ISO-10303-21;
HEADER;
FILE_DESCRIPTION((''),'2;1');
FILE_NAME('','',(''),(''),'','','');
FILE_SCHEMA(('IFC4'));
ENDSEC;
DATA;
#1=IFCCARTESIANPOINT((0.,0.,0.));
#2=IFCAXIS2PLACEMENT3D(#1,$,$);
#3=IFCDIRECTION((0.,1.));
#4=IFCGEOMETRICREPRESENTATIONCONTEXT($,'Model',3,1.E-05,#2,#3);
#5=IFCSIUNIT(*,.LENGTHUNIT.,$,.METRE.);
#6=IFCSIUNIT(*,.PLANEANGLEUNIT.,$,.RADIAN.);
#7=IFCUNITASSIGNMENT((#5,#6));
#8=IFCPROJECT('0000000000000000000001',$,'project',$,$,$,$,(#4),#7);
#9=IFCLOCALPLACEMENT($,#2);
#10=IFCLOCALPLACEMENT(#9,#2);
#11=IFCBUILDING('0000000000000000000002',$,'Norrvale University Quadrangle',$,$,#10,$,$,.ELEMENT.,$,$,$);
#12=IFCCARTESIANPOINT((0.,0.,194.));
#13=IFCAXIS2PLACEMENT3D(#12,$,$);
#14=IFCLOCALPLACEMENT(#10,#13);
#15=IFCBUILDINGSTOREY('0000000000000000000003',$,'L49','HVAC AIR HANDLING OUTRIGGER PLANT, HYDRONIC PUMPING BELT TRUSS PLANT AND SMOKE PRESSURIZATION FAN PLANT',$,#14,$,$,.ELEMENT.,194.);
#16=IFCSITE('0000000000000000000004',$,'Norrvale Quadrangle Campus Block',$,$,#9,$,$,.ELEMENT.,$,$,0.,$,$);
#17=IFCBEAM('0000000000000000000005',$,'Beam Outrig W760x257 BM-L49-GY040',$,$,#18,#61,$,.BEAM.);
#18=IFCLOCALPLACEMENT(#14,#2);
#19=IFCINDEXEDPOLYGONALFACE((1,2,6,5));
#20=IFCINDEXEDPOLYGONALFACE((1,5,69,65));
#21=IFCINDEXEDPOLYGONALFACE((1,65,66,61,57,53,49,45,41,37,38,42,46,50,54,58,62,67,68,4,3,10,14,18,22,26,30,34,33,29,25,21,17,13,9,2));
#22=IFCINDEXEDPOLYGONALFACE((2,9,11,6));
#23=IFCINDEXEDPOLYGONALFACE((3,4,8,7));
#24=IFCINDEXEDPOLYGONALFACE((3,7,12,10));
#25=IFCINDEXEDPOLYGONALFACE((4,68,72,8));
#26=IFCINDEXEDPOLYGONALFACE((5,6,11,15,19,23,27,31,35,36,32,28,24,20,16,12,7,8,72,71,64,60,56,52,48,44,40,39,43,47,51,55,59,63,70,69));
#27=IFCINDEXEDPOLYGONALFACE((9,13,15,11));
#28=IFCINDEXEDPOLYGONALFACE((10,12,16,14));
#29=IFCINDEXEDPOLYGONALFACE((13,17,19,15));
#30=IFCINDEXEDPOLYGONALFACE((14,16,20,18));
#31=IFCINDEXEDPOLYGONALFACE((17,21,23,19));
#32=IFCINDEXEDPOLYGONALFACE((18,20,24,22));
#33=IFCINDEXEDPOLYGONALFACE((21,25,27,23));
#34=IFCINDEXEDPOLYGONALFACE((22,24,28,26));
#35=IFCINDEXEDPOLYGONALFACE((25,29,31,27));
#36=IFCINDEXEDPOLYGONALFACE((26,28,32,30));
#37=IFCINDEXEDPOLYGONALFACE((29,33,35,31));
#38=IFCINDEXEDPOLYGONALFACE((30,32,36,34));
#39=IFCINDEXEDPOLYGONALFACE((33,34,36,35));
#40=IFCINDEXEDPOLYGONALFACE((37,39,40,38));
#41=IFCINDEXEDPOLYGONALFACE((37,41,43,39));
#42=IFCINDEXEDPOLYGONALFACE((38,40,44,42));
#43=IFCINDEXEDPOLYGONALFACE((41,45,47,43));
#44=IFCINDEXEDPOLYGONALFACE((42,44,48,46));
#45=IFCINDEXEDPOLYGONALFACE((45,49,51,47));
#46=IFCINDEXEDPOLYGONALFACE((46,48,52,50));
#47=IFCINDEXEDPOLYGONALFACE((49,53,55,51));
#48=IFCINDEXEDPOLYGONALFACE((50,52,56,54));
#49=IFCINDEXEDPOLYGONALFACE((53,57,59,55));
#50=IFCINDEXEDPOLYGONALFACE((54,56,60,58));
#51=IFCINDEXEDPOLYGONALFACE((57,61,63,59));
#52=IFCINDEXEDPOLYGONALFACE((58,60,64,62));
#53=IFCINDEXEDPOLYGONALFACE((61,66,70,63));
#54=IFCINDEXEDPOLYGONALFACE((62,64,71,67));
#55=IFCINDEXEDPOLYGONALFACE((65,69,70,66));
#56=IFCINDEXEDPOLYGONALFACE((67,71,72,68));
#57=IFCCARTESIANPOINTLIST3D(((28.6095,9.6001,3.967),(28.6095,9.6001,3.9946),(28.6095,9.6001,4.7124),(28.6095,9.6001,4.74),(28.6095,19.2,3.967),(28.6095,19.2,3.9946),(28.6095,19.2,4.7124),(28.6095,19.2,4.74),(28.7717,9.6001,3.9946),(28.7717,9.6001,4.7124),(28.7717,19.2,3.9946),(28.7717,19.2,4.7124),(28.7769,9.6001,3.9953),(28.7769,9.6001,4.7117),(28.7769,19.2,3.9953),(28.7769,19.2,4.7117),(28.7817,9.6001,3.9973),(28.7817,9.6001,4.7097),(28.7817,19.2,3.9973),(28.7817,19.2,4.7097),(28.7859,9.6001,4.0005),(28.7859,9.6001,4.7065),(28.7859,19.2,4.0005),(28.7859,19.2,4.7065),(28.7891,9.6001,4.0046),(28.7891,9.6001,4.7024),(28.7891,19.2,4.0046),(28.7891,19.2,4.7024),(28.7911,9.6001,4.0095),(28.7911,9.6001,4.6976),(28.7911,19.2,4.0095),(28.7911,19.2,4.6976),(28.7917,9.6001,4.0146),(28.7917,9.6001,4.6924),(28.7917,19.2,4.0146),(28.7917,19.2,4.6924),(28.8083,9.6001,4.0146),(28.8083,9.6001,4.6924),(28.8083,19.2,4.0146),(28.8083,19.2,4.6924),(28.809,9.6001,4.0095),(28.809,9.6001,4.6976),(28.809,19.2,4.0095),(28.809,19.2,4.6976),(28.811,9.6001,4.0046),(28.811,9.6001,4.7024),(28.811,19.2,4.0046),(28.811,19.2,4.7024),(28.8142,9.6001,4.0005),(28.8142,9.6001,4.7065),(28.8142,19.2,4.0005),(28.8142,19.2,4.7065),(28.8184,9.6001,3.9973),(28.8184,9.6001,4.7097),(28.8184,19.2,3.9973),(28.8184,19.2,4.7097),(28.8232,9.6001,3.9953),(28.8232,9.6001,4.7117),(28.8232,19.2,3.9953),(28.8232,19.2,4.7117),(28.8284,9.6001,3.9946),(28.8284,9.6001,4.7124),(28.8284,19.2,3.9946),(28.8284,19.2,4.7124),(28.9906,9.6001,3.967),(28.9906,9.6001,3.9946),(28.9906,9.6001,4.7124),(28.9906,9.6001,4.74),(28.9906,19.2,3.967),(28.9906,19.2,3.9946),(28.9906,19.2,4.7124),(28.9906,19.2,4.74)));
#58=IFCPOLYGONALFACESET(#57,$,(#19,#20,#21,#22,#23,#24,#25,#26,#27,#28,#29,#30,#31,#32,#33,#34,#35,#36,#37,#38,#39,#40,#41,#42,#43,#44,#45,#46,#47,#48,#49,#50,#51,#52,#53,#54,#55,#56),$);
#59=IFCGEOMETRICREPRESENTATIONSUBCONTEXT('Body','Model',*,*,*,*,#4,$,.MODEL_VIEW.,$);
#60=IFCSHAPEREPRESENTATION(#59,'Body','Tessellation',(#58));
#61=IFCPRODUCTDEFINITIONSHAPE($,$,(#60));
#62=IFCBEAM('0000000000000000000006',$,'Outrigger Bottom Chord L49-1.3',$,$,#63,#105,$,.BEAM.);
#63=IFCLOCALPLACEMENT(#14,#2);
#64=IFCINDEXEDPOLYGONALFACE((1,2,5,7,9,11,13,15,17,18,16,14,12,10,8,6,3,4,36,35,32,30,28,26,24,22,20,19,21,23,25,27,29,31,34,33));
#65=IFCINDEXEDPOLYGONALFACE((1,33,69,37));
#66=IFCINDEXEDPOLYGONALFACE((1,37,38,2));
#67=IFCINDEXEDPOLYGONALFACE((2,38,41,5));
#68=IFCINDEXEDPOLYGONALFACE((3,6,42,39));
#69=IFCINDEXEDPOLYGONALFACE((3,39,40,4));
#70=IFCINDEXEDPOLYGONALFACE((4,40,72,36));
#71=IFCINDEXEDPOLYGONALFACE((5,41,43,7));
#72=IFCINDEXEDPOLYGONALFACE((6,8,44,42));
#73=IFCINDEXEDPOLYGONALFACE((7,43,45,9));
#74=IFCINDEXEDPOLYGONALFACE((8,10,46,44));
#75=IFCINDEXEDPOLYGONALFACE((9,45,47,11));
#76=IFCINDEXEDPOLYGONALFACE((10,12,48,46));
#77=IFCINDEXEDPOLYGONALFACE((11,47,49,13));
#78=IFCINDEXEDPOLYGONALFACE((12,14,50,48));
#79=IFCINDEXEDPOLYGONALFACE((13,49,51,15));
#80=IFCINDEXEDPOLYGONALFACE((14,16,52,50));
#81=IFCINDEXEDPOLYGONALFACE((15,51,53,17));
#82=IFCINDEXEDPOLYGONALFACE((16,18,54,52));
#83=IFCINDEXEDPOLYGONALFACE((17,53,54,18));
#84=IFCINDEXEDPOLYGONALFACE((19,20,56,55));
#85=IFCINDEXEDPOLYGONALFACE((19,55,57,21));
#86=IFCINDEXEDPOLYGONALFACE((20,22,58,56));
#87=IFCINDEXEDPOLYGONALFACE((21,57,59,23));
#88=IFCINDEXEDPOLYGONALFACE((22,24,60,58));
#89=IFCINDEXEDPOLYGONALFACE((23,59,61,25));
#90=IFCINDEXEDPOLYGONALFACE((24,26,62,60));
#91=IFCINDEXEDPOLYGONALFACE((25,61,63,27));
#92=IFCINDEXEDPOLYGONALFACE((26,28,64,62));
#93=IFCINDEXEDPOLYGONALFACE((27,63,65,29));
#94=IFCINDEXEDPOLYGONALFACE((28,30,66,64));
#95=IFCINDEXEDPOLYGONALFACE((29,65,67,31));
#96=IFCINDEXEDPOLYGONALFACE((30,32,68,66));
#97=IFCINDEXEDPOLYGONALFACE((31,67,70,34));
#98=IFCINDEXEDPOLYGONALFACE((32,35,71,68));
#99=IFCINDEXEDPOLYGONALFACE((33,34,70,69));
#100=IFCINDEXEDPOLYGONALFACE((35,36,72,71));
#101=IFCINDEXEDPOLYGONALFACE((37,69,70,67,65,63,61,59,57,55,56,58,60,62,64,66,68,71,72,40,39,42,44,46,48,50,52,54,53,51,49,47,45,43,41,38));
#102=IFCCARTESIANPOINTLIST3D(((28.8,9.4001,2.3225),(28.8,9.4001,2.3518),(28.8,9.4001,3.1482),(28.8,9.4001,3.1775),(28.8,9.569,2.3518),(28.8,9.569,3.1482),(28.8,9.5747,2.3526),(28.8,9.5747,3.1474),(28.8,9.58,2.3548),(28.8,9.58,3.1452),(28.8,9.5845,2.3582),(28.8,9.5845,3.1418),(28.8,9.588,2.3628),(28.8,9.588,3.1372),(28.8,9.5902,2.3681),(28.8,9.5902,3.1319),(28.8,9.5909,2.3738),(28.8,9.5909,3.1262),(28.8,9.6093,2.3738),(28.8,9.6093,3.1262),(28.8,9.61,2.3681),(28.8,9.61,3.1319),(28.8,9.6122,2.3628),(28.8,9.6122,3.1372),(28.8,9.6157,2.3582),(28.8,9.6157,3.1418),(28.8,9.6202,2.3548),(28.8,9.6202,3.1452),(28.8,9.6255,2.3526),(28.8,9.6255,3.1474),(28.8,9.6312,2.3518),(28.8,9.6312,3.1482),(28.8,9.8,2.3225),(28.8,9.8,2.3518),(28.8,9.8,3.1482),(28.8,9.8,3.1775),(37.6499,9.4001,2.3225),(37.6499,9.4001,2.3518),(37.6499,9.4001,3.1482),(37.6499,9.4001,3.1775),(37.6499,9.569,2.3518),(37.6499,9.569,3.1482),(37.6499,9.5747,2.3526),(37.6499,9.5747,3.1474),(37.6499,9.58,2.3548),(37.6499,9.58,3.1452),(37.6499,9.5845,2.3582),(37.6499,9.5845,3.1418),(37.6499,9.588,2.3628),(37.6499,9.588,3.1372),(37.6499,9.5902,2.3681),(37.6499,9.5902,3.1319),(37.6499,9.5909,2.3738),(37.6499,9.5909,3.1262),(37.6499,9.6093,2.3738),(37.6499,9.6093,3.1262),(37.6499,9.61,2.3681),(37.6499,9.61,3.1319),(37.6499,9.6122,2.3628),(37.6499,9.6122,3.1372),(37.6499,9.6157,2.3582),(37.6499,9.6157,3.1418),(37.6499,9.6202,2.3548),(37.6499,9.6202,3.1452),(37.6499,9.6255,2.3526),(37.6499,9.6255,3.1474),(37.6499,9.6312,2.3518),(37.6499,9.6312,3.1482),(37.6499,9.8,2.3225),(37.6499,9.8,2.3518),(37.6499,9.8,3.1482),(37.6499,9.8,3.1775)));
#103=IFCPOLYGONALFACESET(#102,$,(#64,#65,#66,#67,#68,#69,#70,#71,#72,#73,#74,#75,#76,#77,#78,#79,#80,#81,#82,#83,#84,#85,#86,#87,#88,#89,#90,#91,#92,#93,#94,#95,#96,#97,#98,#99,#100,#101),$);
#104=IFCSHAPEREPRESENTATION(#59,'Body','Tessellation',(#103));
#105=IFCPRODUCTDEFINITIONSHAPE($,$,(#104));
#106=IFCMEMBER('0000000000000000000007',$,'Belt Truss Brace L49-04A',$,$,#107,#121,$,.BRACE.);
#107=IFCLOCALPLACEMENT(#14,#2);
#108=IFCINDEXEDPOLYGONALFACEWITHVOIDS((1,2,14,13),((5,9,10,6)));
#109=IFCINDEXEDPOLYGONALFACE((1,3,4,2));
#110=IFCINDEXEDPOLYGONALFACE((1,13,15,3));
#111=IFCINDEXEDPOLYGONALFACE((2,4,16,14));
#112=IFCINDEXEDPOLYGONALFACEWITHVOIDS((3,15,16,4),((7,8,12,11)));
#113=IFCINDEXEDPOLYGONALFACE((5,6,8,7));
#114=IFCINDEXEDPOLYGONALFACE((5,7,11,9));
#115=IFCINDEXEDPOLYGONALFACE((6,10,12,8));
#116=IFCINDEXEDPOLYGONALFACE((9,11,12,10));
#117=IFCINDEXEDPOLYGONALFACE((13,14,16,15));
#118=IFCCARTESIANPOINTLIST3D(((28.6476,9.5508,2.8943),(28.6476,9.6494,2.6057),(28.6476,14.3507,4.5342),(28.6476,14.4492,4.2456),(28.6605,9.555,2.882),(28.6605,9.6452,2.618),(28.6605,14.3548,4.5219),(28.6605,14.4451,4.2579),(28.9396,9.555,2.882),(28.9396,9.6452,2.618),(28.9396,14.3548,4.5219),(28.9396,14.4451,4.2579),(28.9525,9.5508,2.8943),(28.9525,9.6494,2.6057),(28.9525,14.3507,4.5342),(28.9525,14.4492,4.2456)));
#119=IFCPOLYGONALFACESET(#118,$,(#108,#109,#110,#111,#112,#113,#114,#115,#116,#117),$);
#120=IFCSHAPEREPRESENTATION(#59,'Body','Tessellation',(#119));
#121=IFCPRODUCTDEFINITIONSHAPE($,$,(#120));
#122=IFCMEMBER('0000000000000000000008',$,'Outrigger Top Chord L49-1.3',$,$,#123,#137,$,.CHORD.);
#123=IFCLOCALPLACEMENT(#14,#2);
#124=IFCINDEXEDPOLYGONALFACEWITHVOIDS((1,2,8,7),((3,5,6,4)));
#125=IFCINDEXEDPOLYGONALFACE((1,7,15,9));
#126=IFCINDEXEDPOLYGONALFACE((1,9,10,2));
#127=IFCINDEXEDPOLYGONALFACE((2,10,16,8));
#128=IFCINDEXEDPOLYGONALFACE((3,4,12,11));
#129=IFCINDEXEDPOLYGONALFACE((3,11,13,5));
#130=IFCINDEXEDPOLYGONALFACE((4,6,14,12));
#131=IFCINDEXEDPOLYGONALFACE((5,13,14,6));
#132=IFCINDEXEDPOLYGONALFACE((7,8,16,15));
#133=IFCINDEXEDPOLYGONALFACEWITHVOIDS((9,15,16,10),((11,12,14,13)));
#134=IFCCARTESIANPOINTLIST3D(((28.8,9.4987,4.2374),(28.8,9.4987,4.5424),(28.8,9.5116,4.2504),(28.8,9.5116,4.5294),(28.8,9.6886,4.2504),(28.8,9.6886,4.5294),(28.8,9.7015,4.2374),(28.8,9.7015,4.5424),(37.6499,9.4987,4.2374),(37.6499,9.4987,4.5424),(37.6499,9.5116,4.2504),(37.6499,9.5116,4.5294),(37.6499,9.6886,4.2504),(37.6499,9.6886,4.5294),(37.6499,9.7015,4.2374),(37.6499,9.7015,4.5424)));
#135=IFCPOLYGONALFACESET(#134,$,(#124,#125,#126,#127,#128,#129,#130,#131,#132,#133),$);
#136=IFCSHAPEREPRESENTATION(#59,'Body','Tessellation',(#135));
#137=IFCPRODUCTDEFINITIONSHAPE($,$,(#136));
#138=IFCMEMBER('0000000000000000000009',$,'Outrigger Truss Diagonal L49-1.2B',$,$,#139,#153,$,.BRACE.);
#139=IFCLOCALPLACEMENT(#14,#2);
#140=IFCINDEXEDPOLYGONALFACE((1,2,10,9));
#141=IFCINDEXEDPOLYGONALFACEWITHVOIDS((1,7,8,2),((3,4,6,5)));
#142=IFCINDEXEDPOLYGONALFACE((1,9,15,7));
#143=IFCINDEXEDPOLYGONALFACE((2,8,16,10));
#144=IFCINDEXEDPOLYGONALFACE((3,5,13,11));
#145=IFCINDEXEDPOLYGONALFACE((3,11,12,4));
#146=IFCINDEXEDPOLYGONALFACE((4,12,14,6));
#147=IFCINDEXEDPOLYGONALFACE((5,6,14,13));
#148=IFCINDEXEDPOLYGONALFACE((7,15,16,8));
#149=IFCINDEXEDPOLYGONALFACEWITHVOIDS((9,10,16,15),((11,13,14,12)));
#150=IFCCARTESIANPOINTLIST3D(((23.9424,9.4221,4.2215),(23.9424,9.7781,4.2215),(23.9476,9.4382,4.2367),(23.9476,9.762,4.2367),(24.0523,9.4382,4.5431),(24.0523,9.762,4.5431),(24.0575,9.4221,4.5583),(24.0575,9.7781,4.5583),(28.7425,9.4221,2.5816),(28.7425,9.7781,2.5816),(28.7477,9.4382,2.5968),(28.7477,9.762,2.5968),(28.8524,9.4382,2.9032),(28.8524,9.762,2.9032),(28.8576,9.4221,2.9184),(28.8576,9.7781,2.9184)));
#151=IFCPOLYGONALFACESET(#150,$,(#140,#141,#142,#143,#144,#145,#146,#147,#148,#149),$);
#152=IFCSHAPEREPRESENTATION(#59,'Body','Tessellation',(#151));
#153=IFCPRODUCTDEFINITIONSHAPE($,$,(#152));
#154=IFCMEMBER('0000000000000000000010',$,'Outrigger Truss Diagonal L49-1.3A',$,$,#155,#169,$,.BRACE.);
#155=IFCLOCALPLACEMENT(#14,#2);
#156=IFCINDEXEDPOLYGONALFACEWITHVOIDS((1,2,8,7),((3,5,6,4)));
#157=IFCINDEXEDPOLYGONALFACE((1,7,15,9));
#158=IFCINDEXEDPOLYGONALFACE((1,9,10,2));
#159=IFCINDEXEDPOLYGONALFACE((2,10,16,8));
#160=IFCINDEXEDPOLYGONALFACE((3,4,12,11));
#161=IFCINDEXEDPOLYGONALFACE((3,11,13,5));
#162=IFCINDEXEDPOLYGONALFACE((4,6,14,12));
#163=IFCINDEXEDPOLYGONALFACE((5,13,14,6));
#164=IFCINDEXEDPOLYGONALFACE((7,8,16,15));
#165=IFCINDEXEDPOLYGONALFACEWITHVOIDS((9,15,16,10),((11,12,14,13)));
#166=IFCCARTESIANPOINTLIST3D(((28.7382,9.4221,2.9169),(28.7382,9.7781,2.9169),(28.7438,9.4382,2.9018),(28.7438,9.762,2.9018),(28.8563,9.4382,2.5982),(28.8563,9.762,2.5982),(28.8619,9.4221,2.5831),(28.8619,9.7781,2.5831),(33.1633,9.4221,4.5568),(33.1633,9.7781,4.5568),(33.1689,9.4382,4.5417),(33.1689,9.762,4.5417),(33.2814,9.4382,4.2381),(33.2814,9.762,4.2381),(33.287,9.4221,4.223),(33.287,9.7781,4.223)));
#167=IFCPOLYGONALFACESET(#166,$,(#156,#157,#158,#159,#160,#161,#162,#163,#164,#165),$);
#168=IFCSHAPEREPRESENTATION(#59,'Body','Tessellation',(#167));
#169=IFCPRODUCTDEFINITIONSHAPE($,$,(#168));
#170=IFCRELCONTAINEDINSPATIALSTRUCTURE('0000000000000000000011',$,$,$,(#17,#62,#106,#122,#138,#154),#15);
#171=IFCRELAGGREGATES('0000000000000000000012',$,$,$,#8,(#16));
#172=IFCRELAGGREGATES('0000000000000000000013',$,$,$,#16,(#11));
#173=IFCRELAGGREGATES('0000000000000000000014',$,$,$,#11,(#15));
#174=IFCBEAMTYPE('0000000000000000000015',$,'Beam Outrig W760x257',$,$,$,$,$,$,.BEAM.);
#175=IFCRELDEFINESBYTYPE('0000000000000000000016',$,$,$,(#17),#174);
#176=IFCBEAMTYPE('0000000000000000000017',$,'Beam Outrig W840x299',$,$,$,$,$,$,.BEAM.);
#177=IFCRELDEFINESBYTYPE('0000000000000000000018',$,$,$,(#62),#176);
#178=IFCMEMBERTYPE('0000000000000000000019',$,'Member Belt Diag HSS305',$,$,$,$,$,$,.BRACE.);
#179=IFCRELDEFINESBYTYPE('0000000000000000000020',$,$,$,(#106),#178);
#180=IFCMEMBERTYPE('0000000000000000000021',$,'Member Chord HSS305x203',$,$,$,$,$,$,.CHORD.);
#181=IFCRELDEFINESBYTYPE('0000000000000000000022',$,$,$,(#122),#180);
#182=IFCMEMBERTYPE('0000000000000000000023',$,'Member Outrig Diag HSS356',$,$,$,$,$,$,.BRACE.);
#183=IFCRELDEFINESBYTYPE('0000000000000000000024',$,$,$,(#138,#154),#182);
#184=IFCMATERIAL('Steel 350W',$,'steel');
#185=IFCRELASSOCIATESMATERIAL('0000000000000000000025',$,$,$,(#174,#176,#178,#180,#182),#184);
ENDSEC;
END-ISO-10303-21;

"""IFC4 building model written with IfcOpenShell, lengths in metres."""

from ifc_helpers import new_model, si_unit, direction, frame, origin, origin_2d, place, context, subcontext, project, spatial, hollow_rectangle, i_section, extrude, material, material_profile, profile_set, type_object, element, save


model = new_model("IFC4")

# Units and contexts
model_context = context("Model", 3, precision=1e-05, world=origin(), true_north=direction((0.0, 1.0)))
body_context = subcontext(model_context, "Body", "Model", "MODEL_VIEW")
ifc_project = project(units=[si_unit("LENGTHUNIT", "METRE"), si_unit("PLANEANGLEUNIT", "RADIAN")], contexts=[model_context])

# Site, building, storey
site_placement = place(None, origin())
site = spatial("IfcSite", under=ifc_project, at=site_placement, Name="Norrvale Quadrangle Campus Block", CompositionType="ELEMENT", RefElevation=0.0)
building_placement = place(site_placement, origin())
building = spatial("IfcBuilding", under=site, at=building_placement, Name="Norrvale University Quadrangle", CompositionType="ELEMENT")
storey_placement = place(building_placement, frame((0.0, 0.0, 194.0)))
storey = spatial("IfcBuildingStorey", under=building, at=storey_placement, Name="L49", Description="HVAC AIR HANDLING OUTRIGGER PLANT, HYDRONIC PUMPING BELT TRUSS PLANT AND SMOKE PRESSURIZATION FAN PLANT", CompositionType="ELEMENT", Elevation=194.0)

# Beams
ifc_material_1 = material(Name="Steel 350W", Category="steel")
ifc_material_profile_1 = material_profile(ifc_material_1, i_section(OverallWidth=0.3811, OverallDepth=0.7729, WebThickness=0.0166, FlangeThickness=0.0276, FilletRadius=0.02, at=origin_2d()), Name="Steel 350W")
ifc_profile_set_1 = profile_set([ifc_material_profile_1], Name="Steel 350W")
beam_type_1 = type_object("IfcBeamType", Name="Beam Outrig W760x257", PredefinedType="BEAM", material=ifc_profile_set_1)
beam_1_placement = place(storey_placement, frame((28.8, 9.6001, 4.3535), z_axis=(0.0, 1.0, 0.0), x_axis=(-1.0, 0.0, 0.0)))
element("IfcBeam", 1, at=beam_1_placement, inside=storey, type_object=beam_type_1, Name="Beam Outrig W760x257 BM-L49-GY040", PredefinedType="BEAM", context=body_context, shape_type="SweptSolid", body=[
    extrude(i_section(OverallWidth=0.3811, OverallDepth=0.7729, WebThickness=0.0166, FlangeThickness=0.0276, FilletRadius=0.02, at=origin_2d()), origin(), (0.0, 0.0, 1.0), 9.5999),
])
ifc_material_profile_2 = material_profile(ifc_material_1, i_section(OverallWidth=0.3999, OverallDepth=0.855, WebThickness=0.0183, FlangeThickness=0.0293, FilletRadius=0.022, at=origin_2d()), Name="Steel 350W")
ifc_profile_set_2 = profile_set([ifc_material_profile_2], Name="Steel 350W")
beam_type_2 = type_object("IfcBeamType", Name="Beam Outrig W840x299", PredefinedType="BEAM", material=ifc_profile_set_2)
beam_2_placement = place(storey_placement, frame((28.8, 9.6001, 2.75), z_axis=(1.0, 0.0, 0.0), x_axis=(0.0, 1.0, 0.0)))
element("IfcBeam", 2, at=beam_2_placement, inside=storey, type_object=beam_type_2, Name="Outrigger Bottom Chord L49-1.3", PredefinedType="BEAM", context=body_context, shape_type="SweptSolid", body=[
    extrude(i_section(OverallWidth=0.3999, OverallDepth=0.855, WebThickness=0.0183, FlangeThickness=0.0293, FilletRadius=0.022, at=origin_2d()), origin(), (0.0, 0.0, 1.0), 8.8499),
])

# Members
ifc_material_profile_3 = material_profile(ifc_material_1, hollow_rectangle(XDim=0.3049, YDim=0.3049, WallThickness=0.0129, at=origin_2d()), Name="Steel 350W")
ifc_profile_set_3 = profile_set([ifc_material_profile_3], Name="Steel 350W")
member_type_1 = type_object("IfcMemberType", Name="Member Belt Diag HSS305", PredefinedType="BRACE", material=ifc_profile_set_3)
member_1_placement = place(storey_placement, frame((28.8, 9.6001, 2.75), z_axis=(0.0, 0.946293, 0.323309), x_axis=(-1.0, 0.0, 0.0)))
element("IfcMember", 3, at=member_1_placement, inside=storey, type_object=member_type_1, Name="Belt Truss Brace L49-04A", PredefinedType="BRACE", context=body_context, shape_type="SweptSolid", body=[
    extrude(hollow_rectangle(XDim=0.3049, YDim=0.3049, WallThickness=0.0129, at=origin_2d()), origin(), (0.0, 0.0, 1.0), 5.0723),
])
ifc_material_profile_4 = material_profile(ifc_material_1, hollow_rectangle(XDim=0.2029, YDim=0.3049, WallThickness=0.0129, at=origin_2d()), Name="Steel 350W")
ifc_profile_set_4 = profile_set([ifc_material_profile_4], Name="Steel 350W")
member_type_2 = type_object("IfcMemberType", Name="Member Chord HSS305x203", PredefinedType="CHORD", material=ifc_profile_set_4)
member_2_placement = place(storey_placement, frame((28.8, 9.6001, 4.3899), z_axis=(1.0, 0.0, 0.0), x_axis=(0.0, 1.0, 0.0)))
element("IfcMember", 4, at=member_2_placement, inside=storey, type_object=member_type_2, Name="Outrigger Top Chord L49-1.3", PredefinedType="CHORD", context=body_context, shape_type="SweptSolid", body=[
    extrude(hollow_rectangle(XDim=0.2029, YDim=0.3049, WallThickness=0.0129, at=origin_2d()), origin(), (0.0, 0.0, 1.0), 8.8499),
])
ifc_material_profile_5 = material_profile(ifc_material_1, hollow_rectangle(XDim=0.356, YDim=0.356, WallThickness=0.0161, at=origin_2d()), Name="Steel 350W")
ifc_profile_set_5 = profile_set([ifc_material_profile_5], Name="Steel 350W")
member_type_3 = type_object("IfcMemberType", Name="Member Outrig Diag HSS356", PredefinedType="BRACE", material=ifc_profile_set_5)
member_3_placement = place(storey_placement, frame((28.8, 9.6001, 2.75), z_axis=(-0.946299, 0.0, 0.323294), x_axis=(0.0, -1.0, 0.0)))
element("IfcMember", 5, at=member_3_placement, inside=storey, type_object=member_type_3, Name="Outrigger Truss Diagonal L49-1.2B", PredefinedType="BRACE", context=body_context, shape_type="SweptSolid", body=[
    extrude(hollow_rectangle(XDim=0.356, YDim=0.356, WallThickness=0.0161, at=origin_2d()), origin(), (0.0, 0.0, 1.0), 5.0725),
])
member_4_placement = place(storey_placement, frame((28.8, 9.6001, 2.75), z_axis=(0.937681, 0.0, 0.347498), x_axis=(0.0, 1.0, 0.0)))
element("IfcMember", 6, at=member_4_placement, inside=storey, type_object=member_type_3, Name="Outrigger Truss Diagonal L49-1.3A", PredefinedType="BRACE", context=body_context, shape_type="SweptSolid", body=[
    extrude(hollow_rectangle(XDim=0.356, YDim=0.356, WallThickness=0.0161, at=origin_2d()), origin(), (0.0, 0.0, 1.0), 4.7192),
])

save(model, "model.ifc")
